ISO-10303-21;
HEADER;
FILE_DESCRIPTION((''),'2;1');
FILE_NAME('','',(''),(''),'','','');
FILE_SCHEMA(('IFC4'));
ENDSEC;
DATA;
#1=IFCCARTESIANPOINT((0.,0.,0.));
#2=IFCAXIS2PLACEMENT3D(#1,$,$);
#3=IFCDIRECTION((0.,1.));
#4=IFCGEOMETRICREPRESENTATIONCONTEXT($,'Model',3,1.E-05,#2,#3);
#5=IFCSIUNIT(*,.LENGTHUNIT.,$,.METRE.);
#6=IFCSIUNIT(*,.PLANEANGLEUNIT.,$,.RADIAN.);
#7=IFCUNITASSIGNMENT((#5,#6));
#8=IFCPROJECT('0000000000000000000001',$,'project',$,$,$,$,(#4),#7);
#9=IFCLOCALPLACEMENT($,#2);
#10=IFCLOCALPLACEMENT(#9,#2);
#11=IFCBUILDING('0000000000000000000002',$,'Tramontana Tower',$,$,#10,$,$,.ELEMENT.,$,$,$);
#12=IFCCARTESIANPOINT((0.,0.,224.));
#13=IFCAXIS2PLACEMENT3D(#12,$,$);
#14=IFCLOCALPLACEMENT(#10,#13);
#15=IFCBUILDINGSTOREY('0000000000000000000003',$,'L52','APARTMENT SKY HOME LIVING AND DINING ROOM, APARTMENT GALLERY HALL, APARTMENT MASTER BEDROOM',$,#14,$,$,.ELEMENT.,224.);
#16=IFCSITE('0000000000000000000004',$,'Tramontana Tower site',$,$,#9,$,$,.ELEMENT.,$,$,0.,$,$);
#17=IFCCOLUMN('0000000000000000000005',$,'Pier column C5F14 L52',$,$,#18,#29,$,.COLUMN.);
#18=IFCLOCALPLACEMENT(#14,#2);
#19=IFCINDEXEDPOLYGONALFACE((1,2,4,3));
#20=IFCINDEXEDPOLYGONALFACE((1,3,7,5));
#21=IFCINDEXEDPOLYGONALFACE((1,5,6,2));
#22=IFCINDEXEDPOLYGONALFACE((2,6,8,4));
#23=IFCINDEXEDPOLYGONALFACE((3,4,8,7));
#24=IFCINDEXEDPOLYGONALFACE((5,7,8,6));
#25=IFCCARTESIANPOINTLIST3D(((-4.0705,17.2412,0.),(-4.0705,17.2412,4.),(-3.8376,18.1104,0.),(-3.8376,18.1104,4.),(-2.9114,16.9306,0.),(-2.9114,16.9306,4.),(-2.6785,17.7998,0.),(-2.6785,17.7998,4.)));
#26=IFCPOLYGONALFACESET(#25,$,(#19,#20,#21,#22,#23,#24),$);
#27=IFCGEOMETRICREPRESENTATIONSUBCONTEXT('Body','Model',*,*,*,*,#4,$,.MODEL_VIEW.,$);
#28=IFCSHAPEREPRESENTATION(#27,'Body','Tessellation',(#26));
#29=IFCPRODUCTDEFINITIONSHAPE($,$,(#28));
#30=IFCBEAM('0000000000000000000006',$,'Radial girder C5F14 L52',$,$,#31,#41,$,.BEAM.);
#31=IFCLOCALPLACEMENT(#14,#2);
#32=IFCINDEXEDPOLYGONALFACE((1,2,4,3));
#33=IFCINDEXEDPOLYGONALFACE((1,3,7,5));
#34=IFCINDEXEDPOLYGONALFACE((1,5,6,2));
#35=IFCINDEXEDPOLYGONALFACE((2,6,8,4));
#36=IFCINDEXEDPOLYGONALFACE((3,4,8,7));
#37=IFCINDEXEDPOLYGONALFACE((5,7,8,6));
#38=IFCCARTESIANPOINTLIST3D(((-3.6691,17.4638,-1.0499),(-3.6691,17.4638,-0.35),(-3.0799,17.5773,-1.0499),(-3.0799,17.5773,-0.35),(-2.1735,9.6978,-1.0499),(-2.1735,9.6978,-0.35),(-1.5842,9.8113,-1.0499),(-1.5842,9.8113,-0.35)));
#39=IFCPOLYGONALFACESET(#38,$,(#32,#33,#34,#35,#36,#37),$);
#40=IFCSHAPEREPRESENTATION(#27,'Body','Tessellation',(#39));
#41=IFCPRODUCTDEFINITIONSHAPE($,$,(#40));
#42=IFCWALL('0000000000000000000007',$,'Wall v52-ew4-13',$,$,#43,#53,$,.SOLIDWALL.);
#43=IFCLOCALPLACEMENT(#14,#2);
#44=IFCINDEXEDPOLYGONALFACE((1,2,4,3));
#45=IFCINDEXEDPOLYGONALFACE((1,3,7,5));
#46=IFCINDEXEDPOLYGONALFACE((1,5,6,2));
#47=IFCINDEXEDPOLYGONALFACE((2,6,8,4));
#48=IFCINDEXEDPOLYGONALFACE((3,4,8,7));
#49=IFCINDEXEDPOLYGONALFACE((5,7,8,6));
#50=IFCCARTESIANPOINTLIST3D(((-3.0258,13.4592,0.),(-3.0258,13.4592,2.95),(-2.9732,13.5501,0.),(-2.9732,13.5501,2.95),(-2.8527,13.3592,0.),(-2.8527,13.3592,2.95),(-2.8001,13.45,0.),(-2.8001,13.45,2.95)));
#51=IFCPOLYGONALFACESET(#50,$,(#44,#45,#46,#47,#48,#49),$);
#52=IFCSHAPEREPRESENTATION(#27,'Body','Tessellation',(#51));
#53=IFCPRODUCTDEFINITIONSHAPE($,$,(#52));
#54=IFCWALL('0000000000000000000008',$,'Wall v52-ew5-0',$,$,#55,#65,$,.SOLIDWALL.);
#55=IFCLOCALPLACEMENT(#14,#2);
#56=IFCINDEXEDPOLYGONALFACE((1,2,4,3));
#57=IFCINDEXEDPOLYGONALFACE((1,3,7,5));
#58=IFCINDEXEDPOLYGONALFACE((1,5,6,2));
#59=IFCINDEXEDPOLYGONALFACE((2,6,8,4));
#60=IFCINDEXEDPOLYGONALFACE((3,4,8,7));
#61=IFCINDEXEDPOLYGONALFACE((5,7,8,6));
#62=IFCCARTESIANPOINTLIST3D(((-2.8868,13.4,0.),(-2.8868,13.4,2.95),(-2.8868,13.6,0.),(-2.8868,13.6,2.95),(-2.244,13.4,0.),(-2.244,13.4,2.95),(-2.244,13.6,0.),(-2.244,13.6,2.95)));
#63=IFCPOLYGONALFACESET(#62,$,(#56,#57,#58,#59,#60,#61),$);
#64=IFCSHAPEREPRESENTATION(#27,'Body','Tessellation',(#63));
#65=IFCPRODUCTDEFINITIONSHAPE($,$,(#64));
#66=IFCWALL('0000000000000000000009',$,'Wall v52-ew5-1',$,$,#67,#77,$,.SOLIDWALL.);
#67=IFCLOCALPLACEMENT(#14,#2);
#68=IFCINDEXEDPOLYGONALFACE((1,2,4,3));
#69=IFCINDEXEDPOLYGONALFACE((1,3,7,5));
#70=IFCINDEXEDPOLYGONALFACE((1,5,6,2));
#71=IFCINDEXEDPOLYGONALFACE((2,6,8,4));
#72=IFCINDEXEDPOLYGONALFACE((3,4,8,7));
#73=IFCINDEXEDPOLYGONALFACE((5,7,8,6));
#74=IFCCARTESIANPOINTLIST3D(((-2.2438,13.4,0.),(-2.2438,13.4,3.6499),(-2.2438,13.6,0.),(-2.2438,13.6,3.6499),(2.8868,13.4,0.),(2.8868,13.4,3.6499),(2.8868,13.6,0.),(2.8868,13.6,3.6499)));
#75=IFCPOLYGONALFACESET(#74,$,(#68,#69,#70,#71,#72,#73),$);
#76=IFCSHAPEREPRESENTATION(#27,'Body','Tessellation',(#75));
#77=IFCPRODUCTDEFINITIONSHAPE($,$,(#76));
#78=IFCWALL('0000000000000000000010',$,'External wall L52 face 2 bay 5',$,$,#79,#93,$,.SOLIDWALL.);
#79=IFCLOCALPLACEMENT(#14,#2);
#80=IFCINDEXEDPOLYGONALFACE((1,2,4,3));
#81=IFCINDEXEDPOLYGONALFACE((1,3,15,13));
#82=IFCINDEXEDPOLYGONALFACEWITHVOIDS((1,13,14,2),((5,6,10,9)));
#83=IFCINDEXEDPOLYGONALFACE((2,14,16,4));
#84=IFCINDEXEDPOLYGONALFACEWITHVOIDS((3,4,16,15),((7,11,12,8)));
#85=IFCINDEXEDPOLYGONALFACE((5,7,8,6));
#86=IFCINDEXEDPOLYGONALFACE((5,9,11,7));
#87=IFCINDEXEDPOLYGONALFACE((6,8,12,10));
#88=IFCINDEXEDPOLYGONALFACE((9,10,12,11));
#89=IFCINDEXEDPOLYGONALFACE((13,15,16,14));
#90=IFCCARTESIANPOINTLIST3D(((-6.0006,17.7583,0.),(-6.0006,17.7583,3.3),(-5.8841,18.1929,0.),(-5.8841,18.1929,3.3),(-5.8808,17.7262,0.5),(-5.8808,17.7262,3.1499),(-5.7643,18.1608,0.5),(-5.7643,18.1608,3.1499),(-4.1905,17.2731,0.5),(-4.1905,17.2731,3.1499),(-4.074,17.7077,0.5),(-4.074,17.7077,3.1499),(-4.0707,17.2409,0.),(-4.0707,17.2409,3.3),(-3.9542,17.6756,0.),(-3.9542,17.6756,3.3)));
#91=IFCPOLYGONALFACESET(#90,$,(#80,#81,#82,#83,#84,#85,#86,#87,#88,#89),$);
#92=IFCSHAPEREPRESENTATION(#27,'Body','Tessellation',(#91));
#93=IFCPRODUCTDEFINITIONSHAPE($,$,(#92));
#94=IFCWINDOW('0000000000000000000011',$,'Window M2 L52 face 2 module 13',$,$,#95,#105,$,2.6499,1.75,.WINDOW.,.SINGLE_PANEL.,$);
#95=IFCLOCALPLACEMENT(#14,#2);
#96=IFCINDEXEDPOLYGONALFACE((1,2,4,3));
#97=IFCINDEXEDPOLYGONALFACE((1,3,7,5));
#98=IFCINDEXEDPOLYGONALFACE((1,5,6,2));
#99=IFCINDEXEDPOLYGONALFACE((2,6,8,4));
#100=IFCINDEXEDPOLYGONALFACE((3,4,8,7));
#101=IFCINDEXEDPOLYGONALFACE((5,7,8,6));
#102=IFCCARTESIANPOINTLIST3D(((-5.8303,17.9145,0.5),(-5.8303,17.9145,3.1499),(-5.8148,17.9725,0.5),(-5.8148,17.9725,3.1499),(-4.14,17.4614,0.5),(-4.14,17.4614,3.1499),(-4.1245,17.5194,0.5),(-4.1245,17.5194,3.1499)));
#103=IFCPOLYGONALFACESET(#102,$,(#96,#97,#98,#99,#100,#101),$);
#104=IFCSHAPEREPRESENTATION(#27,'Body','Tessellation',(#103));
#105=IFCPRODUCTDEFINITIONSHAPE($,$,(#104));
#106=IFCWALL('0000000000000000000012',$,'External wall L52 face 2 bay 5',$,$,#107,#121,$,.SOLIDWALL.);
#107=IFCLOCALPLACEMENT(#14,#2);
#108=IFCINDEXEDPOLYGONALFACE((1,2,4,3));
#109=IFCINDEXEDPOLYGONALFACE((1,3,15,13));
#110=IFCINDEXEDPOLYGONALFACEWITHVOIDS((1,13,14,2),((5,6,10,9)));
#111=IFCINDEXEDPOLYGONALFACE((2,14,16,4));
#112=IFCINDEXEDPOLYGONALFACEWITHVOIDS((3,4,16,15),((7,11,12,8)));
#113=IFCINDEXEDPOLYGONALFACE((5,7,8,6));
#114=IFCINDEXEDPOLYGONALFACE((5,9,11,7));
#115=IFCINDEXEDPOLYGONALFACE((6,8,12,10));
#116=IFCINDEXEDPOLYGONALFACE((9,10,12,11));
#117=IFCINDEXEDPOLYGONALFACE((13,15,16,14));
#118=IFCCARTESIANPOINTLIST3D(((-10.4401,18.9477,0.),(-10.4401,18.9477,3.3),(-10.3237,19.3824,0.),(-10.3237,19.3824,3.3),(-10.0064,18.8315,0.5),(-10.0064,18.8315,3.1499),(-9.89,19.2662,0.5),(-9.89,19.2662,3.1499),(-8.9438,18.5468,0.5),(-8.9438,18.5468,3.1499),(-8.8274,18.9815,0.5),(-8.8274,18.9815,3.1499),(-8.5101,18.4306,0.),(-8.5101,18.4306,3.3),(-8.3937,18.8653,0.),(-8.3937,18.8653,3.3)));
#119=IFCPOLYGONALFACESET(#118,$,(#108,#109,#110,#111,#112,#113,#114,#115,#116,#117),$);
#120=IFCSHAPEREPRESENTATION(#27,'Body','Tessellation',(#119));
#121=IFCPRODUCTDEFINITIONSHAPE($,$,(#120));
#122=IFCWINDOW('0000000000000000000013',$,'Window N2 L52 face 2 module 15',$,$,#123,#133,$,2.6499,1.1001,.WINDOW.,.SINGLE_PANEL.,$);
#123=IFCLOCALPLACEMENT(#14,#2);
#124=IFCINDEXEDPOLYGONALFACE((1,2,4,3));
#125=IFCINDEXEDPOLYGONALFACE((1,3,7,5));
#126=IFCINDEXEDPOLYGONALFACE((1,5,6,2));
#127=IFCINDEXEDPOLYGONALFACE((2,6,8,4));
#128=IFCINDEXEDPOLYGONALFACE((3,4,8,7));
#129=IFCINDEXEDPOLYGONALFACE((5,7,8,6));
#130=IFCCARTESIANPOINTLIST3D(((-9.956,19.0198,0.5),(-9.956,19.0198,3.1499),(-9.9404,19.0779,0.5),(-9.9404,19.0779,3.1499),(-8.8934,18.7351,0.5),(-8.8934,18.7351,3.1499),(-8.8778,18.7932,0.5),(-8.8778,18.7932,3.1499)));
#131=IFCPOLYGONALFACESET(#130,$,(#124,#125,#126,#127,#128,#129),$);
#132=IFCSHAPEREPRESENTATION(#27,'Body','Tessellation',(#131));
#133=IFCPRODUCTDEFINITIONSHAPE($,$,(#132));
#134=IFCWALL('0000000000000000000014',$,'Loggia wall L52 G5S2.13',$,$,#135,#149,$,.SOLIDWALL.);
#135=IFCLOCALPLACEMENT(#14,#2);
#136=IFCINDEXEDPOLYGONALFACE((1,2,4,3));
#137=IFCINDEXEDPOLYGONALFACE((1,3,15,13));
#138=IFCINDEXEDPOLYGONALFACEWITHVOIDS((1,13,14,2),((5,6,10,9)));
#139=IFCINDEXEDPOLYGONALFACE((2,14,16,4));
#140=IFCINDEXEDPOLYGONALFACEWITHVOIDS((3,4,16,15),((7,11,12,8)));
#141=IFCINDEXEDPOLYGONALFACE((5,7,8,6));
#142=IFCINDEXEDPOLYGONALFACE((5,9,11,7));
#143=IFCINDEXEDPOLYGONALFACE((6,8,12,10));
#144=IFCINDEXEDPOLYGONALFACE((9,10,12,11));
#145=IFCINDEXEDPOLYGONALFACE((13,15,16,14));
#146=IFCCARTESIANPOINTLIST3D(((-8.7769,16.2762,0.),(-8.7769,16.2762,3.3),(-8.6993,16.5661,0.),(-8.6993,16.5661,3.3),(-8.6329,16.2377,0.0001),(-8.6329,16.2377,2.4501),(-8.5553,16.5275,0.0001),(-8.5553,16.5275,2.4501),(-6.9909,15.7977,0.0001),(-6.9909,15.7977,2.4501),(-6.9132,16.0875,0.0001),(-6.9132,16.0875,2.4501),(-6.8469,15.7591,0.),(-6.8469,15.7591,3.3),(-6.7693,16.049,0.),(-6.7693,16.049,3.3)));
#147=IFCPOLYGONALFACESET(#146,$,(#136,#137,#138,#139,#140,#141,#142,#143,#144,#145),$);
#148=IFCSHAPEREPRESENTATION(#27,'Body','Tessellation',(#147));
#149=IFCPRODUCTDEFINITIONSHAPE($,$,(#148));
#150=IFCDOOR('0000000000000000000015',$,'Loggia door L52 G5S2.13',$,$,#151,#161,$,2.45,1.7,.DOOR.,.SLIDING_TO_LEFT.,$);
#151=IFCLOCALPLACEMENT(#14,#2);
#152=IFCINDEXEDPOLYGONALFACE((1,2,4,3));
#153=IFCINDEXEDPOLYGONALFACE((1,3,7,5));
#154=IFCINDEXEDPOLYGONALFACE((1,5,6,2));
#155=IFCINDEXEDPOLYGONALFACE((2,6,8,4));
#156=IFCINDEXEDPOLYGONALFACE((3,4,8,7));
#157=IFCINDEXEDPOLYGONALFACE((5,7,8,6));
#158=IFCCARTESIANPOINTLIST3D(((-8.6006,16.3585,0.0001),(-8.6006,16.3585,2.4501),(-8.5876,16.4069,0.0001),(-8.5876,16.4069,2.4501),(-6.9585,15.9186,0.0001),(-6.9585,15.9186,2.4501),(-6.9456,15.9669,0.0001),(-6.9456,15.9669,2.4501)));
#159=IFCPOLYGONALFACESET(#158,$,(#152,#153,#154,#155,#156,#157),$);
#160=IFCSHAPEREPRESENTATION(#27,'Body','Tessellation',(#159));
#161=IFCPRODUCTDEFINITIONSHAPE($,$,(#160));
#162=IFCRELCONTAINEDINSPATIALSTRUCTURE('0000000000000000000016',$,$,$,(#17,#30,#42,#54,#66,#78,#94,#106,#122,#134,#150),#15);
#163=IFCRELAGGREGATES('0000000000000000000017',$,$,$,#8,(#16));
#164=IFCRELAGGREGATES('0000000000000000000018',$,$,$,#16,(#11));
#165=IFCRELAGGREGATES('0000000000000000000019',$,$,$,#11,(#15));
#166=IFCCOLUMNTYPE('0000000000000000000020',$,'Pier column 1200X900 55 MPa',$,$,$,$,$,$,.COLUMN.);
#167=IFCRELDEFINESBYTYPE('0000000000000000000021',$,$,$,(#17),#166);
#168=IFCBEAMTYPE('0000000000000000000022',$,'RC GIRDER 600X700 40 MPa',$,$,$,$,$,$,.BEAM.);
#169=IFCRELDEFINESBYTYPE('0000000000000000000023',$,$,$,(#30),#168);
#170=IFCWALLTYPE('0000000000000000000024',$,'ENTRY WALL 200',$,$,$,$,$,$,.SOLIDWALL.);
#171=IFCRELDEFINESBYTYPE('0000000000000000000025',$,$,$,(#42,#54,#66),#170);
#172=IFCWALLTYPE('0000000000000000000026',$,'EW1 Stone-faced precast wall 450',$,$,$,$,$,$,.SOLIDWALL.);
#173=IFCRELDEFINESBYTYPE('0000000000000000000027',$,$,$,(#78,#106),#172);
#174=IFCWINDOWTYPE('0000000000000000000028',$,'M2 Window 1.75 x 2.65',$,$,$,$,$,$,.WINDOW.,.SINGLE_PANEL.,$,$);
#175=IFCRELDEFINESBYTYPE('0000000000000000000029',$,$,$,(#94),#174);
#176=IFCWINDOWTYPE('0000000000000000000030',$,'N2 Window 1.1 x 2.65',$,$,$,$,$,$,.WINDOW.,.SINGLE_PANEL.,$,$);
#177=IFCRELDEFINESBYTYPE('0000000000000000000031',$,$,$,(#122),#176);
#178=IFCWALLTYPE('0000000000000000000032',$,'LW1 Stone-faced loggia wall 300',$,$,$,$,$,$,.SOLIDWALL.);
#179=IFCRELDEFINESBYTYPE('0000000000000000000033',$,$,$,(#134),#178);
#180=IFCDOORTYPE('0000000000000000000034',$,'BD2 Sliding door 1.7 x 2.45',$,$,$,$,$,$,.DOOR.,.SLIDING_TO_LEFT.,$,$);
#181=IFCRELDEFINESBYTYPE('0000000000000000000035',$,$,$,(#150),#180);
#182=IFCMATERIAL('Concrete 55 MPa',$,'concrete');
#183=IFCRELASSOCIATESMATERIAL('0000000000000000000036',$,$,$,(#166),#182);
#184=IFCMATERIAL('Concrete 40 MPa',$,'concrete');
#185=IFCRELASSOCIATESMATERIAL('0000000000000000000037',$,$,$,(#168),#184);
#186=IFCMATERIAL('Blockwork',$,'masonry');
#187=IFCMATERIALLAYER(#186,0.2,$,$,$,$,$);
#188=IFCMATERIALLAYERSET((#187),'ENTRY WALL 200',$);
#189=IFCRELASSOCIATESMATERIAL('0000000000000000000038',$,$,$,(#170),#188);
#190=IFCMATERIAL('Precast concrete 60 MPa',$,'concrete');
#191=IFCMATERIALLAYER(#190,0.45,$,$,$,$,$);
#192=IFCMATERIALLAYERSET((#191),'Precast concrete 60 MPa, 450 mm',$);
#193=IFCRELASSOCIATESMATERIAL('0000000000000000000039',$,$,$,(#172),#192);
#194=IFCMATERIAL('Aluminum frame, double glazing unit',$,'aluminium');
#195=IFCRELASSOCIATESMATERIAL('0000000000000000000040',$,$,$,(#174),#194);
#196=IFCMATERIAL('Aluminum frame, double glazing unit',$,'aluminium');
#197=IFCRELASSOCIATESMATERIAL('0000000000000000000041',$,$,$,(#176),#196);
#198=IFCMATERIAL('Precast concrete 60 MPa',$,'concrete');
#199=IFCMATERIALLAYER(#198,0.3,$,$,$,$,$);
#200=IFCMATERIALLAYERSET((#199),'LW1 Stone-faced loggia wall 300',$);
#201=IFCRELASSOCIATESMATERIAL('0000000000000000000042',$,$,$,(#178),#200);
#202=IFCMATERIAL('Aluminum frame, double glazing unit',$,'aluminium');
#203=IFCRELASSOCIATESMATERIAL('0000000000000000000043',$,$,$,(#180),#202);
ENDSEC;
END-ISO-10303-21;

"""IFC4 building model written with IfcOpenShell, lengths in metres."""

from ifc_helpers import new_model, si_unit, direction, frame, frame_2d, origin, origin_2d, place, context, subcontext, project, spatial, rectangle, extrude, material, layer, layer_set, material_profile, profile_set, type_object, element, fill, save


model = new_model("IFC4")

# Units and contexts
model_context = context("Model", 3, precision=1e-05, world=origin(), true_north=direction((0.0, 1.0)))
body_context = subcontext(model_context, "Body", "Model", "MODEL_VIEW")
ifc_project = project(units=[si_unit("LENGTHUNIT", "METRE"), si_unit("PLANEANGLEUNIT", "RADIAN")], contexts=[model_context])

# Site, building, storey
site_placement = place(None, origin())
site = spatial("IfcSite", under=ifc_project, at=site_placement, Name="Tramontana Tower site", CompositionType="ELEMENT", RefElevation=0.0)
building_placement = place(site_placement, origin())
building = spatial("IfcBuilding", under=site, at=building_placement, Name="Tramontana Tower", CompositionType="ELEMENT")
storey_placement = place(building_placement, frame((0.0, 0.0, 224.0)))
storey = spatial("IfcBuildingStorey", under=building, at=storey_placement, Name="L52", Description="APARTMENT SKY HOME LIVING AND DINING ROOM, APARTMENT GALLERY HALL, APARTMENT MASTER BEDROOM", CompositionType="ELEMENT", Elevation=224.0)

# Column
ifc_material_1 = material(Name="Concrete 55 MPa", Category="concrete")
ifc_material_profile_1 = material_profile(ifc_material_1, rectangle(XDim=1.2, YDim=0.8999, at=origin_2d()), Name="Pier column 1200X900 55 MPa")
ifc_profile_set_1 = profile_set([ifc_material_profile_1], Name="Concrete 55 MPa")
column_type = type_object("IfcColumnType", Name="Pier column 1200X900 55 MPa", PredefinedType="COLUMN", material=ifc_profile_set_1)
column_placement = place(storey_placement, frame((-3.3745, 17.5205, 0.0), z_axis=(0.0, 0.0, 1.0), x_axis=(-0.965926, 0.258819, 0.0)))
element("IfcColumn", 1, at=column_placement, inside=storey, type_object=column_type, Name="Pier column C5F14 L52", PredefinedType="COLUMN", context=body_context, shape_type="SweptSolid", body=[
    extrude(rectangle(XDim=1.2, YDim=0.8999, at=origin_2d()), origin(), (0.0, 0.0, 1.0), 4.0),
])

# Beam
ifc_material_2 = material(Name="Concrete 40 MPa", Category="concrete")
ifc_material_profile_2 = material_profile(ifc_material_2, rectangle(XDim=0.6001, YDim=0.7, at=origin_2d()), Name="RC GIRDER 600X700 40 MPa")
ifc_profile_set_2 = profile_set([ifc_material_profile_2], Name="Concrete 40 MPa")
beam_type = type_object("IfcBeamType", Name="RC GIRDER 600X700 40 MPa", PredefinedType="BEAM", material=ifc_profile_set_2)
beam_placement = place(storey_placement, frame((-3.3745, 17.5205, -0.7), z_axis=(0.189112, -0.981956, 0.0), x_axis=(0.981956, 0.189112, 0.0)))
element("IfcBeam", 2, at=beam_placement, inside=storey, type_object=beam_type, Name="Radial girder C5F14 L52", PredefinedType="BEAM", context=body_context, shape_type="SweptSolid", body=[
    extrude(rectangle(XDim=0.6001, YDim=0.7, at=origin_2d()), origin(), (0.0, 0.0, 1.0), 7.9087),
])

# Walls
ifc_material_3 = material(Name="Blockwork", Category="masonry")
ifc_layer_1 = layer(ifc_material_3, 0.2)
ifc_layer_set_1 = layer_set([ifc_layer_1], Name="ENTRY WALL 200")
wall_type_1 = type_object("IfcWallType", Name="ENTRY WALL 200", PredefinedType="SOLIDWALL", material=ifc_layer_set_1)
wall_1_placement = place(storey_placement, frame((-2.9392, 13.4092, 0.0), z_axis=(0.0, 0.0, 1.0), x_axis=(0.500394, 0.865798, 0.0)))
element("IfcWall", 3, at=wall_1_placement, inside=storey, type_object=wall_type_1, Name="Wall v52-ew4-13", PredefinedType="SOLIDWALL", context=body_context, shape_type="SweptSolid", body=[
    extrude(rectangle(XDim=0.105, YDim=0.2, at=frame_2d((0.0525, 0.0))), origin(), (0.0, 0.0, 1.0), 2.95),
])
wall_2_placement = place(storey_placement, frame((-2.8867, 13.5, 0.0), z_axis=(0.0, 0.0, 1.0), x_axis=(1.0, 0.0, 0.0)))
element("IfcWall", 4, at=wall_2_placement, inside=storey, type_object=wall_type_1, Name="Wall v52-ew5-0", PredefinedType="SOLIDWALL", context=body_context, shape_type="SweptSolid", body=[
    extrude(rectangle(XDim=0.6428, YDim=0.2, at=frame_2d((0.3213, 0.0))), origin(), (0.0, 0.0, 1.0), 2.95),
])
wall_3_placement = place(storey_placement, frame((-2.2439, 13.5, 0.0), z_axis=(0.0, 0.0, 1.0), x_axis=(1.0, 0.0, 0.0)))
element("IfcWall", 5, at=wall_3_placement, inside=storey, type_object=wall_type_1, Name="Wall v52-ew5-1", PredefinedType="SOLIDWALL", context=body_context, shape_type="SweptSolid", body=[
    extrude(rectangle(XDim=5.1306, YDim=0.2, at=frame_2d((2.5654, 0.0))), origin(), (0.0, 0.0, 1.0), 3.6499),
])

# Walls, openings, windows
ifc_material_4 = material(Name="Precast concrete 60 MPa", Category="concrete")
ifc_layer_2 = layer(ifc_material_4, 0.45)
ifc_layer_set_2 = layer_set([ifc_layer_2], Name="Precast concrete 60 MPa, 450 mm")
wall_type_2 = type_object("IfcWallType", Name="EW1 Stone-faced precast wall 450", PredefinedType="SOLIDWALL", material=ifc_layer_set_2)
wall_4_placement = place(storey_placement, frame((-4.0125, 17.4583, 0.0), z_axis=(0.0, 0.0, 1.0), x_axis=(-0.9659, 0.258917, 0.0)))
wall_4 = element("IfcWall", 6, at=wall_4_placement, inside=storey, type_object=wall_type_2, Name="External wall L52 face 2 bay 5", PredefinedType="SOLIDWALL", context=body_context, shape_type="SweptSolid", body=[
    extrude(rectangle(XDim=1.998, YDim=0.45, at=frame_2d((0.999, 0.0))), origin(), (0.0, 0.0, 1.0), 3.3),
])
opening_1_placement = place(wall_4_placement, frame((0.124, 0.0, 0.5)))
opening_1 = element("IfcOpeningElement", 7, at=opening_1_placement, cuts=wall_4, PredefinedType="OPENING", context=body_context, shape_type="SweptSolid", body=[
    extrude(rectangle(XDim=1.75, YDim=2.6499, at=frame_2d((0.875, 1.325))), frame((0.0, 0.2349, 0.0), z_axis=(0.0, -1.0, 0.0), x_axis=(1.0, 0.0, 0.0)), (0.0, 0.0, 1.0), 0.47),
])
ifc_material_5 = material(Name="Aluminum frame, double glazing unit", Category="aluminium")
window_type_1 = type_object("IfcWindowType", Name="M2 Window 1.75 x 2.65", PartitioningType="SINGLE_PANEL", PredefinedType="WINDOW", material=ifc_material_5)
window_1_placement = place(opening_1_placement, origin())
window_1 = element("IfcWindow", 8, at=window_1_placement, inside=storey, type_object=window_type_1, Name="Window M2 L52 face 2 module 13", OverallHeight=2.6499, OverallWidth=1.75, PartitioningType="SINGLE_PANEL", PredefinedType="WINDOW", context=body_context, shape_type="SweptSolid", body=[
    extrude(rectangle(XDim=1.75, YDim=2.6499, at=frame_2d((0.875, 1.325))), frame((0.0, 0.03, 0.0), z_axis=(0.0, -1.0, 0.0), x_axis=(1.0, 0.0, 0.0)), (0.0, 0.0, 1.0), 0.0601),
])
fill(opening_1, window_1)
wall_5_placement = place(storey_placement, frame((-8.4519, 18.6479, 0.0), z_axis=(0.0, 0.0, 1.0), x_axis=(-0.96593, 0.258803, 0.0)))
wall_5 = element("IfcWall", 9, at=wall_5_placement, inside=storey, type_object=wall_type_2, Name="External wall L52 face 2 bay 5", PredefinedType="SOLIDWALL", context=body_context, shape_type="SweptSolid", body=[
    extrude(rectangle(XDim=1.998, YDim=0.45, at=frame_2d((0.999, 0.0))), origin(), (0.0, 0.0, 1.0), 3.3),
])
opening_2_placement = place(wall_5_placement, frame((0.449, 0.0, 0.5)))
opening_2 = element("IfcOpeningElement", 10, at=opening_2_placement, cuts=wall_5, PredefinedType="OPENING", context=body_context, shape_type="SweptSolid", body=[
    extrude(rectangle(XDim=1.1001, YDim=2.6499, at=frame_2d((0.55, 1.325))), frame((0.0, 0.2349, 0.0), z_axis=(0.0, -1.0, 0.0), x_axis=(1.0, 0.0, 0.0)), (0.0, 0.0, 1.0), 0.47),
])
ifc_material_6 = material(Name="Aluminum frame, double glazing unit", Category="aluminium")
window_type_2 = type_object("IfcWindowType", Name="N2 Window 1.1 x 2.65", PartitioningType="SINGLE_PANEL", PredefinedType="WINDOW", material=ifc_material_6)
window_2_placement = place(opening_2_placement, origin())
window_2 = element("IfcWindow", 11, at=window_2_placement, inside=storey, type_object=window_type_2, Name="Window N2 L52 face 2 module 15", OverallHeight=2.6499, OverallWidth=1.1001, PartitioningType="SINGLE_PANEL", PredefinedType="WINDOW", context=body_context, shape_type="SweptSolid", body=[
    extrude(rectangle(XDim=1.1001, YDim=2.6499, at=frame_2d((0.55, 1.325))), frame((0.0, 0.03, 0.0), z_axis=(0.0, -1.0, 0.0), x_axis=(1.0, 0.0, 0.0)), (0.0, 0.0, 1.0), 0.0601),
])
fill(opening_2, window_2)

# Wall, opening, door
ifc_material_7 = material(Name="Precast concrete 60 MPa", Category="concrete")
ifc_layer_3 = layer(ifc_material_7, 0.3)
ifc_layer_set_3 = layer_set([ifc_layer_3], Name="LW1 Stone-faced loggia wall 300")
wall_type_3 = type_object("IfcWallType", Name="LW1 Stone-faced loggia wall 300", PredefinedType="SOLIDWALL", material=ifc_layer_set_3)
wall_6_placement = place(storey_placement, frame((-6.8081, 15.9041, 0.0), z_axis=(0.0, 0.0, 1.0), x_axis=(-0.96593, 0.258803, 0.0)))
wall_6 = element("IfcWall", 12, at=wall_6_placement, inside=storey, type_object=wall_type_3, Name="Loggia wall L52 G5S2.13", PredefinedType="SOLIDWALL", context=body_context, shape_type="SweptSolid", body=[
    extrude(rectangle(XDim=1.998, YDim=0.3, at=frame_2d((0.999, 0.0))), origin(), (0.0, 0.0, 1.0), 3.3),
])
opening_3_placement = place(wall_6_placement, frame((0.1489, 0.0, 0.0)))
opening_3 = element("IfcOpeningElement", 13, at=opening_3_placement, cuts=wall_6, PredefinedType="OPENING", context=body_context, shape_type="SweptSolid", body=[
    extrude(rectangle(XDim=1.7, YDim=2.45, at=frame_2d((0.8501, 1.2251))), frame((0.0, 0.1599, 0.0), z_axis=(0.0, -1.0, 0.0), x_axis=(1.0, 0.0, 0.0)), (0.0, 0.0, 1.0), 0.3201),
])
ifc_material_8 = material(Name="Aluminum frame, double glazing unit", Category="aluminium")
door_type_1 = type_object("IfcDoorType", Name="BD2 Sliding door 1.7 x 2.45", OperationType="SLIDING_TO_LEFT", PredefinedType="DOOR", material=ifc_material_8)
door_1_placement = place(opening_3_placement, origin())
door_1 = element("IfcDoor", 14, at=door_1_placement, inside=storey, type_object=door_type_1, Name="Loggia door L52 G5S2.13", OperationType="SLIDING_TO_LEFT", OverallHeight=2.45, OverallWidth=1.7, PredefinedType="DOOR", context=body_context, shape_type="SweptSolid", body=[
    extrude(rectangle(XDim=1.7, YDim=2.45, at=frame_2d((0.8501, 1.2251))), frame((0.0, 0.0249, 0.0), z_axis=(0.0, -1.0, 0.0), x_axis=(1.0, 0.0, 0.0)), (0.0, 0.0, 1.0), 0.05),
])
fill(opening_3, door_1)

save(model, "model.ifc")
